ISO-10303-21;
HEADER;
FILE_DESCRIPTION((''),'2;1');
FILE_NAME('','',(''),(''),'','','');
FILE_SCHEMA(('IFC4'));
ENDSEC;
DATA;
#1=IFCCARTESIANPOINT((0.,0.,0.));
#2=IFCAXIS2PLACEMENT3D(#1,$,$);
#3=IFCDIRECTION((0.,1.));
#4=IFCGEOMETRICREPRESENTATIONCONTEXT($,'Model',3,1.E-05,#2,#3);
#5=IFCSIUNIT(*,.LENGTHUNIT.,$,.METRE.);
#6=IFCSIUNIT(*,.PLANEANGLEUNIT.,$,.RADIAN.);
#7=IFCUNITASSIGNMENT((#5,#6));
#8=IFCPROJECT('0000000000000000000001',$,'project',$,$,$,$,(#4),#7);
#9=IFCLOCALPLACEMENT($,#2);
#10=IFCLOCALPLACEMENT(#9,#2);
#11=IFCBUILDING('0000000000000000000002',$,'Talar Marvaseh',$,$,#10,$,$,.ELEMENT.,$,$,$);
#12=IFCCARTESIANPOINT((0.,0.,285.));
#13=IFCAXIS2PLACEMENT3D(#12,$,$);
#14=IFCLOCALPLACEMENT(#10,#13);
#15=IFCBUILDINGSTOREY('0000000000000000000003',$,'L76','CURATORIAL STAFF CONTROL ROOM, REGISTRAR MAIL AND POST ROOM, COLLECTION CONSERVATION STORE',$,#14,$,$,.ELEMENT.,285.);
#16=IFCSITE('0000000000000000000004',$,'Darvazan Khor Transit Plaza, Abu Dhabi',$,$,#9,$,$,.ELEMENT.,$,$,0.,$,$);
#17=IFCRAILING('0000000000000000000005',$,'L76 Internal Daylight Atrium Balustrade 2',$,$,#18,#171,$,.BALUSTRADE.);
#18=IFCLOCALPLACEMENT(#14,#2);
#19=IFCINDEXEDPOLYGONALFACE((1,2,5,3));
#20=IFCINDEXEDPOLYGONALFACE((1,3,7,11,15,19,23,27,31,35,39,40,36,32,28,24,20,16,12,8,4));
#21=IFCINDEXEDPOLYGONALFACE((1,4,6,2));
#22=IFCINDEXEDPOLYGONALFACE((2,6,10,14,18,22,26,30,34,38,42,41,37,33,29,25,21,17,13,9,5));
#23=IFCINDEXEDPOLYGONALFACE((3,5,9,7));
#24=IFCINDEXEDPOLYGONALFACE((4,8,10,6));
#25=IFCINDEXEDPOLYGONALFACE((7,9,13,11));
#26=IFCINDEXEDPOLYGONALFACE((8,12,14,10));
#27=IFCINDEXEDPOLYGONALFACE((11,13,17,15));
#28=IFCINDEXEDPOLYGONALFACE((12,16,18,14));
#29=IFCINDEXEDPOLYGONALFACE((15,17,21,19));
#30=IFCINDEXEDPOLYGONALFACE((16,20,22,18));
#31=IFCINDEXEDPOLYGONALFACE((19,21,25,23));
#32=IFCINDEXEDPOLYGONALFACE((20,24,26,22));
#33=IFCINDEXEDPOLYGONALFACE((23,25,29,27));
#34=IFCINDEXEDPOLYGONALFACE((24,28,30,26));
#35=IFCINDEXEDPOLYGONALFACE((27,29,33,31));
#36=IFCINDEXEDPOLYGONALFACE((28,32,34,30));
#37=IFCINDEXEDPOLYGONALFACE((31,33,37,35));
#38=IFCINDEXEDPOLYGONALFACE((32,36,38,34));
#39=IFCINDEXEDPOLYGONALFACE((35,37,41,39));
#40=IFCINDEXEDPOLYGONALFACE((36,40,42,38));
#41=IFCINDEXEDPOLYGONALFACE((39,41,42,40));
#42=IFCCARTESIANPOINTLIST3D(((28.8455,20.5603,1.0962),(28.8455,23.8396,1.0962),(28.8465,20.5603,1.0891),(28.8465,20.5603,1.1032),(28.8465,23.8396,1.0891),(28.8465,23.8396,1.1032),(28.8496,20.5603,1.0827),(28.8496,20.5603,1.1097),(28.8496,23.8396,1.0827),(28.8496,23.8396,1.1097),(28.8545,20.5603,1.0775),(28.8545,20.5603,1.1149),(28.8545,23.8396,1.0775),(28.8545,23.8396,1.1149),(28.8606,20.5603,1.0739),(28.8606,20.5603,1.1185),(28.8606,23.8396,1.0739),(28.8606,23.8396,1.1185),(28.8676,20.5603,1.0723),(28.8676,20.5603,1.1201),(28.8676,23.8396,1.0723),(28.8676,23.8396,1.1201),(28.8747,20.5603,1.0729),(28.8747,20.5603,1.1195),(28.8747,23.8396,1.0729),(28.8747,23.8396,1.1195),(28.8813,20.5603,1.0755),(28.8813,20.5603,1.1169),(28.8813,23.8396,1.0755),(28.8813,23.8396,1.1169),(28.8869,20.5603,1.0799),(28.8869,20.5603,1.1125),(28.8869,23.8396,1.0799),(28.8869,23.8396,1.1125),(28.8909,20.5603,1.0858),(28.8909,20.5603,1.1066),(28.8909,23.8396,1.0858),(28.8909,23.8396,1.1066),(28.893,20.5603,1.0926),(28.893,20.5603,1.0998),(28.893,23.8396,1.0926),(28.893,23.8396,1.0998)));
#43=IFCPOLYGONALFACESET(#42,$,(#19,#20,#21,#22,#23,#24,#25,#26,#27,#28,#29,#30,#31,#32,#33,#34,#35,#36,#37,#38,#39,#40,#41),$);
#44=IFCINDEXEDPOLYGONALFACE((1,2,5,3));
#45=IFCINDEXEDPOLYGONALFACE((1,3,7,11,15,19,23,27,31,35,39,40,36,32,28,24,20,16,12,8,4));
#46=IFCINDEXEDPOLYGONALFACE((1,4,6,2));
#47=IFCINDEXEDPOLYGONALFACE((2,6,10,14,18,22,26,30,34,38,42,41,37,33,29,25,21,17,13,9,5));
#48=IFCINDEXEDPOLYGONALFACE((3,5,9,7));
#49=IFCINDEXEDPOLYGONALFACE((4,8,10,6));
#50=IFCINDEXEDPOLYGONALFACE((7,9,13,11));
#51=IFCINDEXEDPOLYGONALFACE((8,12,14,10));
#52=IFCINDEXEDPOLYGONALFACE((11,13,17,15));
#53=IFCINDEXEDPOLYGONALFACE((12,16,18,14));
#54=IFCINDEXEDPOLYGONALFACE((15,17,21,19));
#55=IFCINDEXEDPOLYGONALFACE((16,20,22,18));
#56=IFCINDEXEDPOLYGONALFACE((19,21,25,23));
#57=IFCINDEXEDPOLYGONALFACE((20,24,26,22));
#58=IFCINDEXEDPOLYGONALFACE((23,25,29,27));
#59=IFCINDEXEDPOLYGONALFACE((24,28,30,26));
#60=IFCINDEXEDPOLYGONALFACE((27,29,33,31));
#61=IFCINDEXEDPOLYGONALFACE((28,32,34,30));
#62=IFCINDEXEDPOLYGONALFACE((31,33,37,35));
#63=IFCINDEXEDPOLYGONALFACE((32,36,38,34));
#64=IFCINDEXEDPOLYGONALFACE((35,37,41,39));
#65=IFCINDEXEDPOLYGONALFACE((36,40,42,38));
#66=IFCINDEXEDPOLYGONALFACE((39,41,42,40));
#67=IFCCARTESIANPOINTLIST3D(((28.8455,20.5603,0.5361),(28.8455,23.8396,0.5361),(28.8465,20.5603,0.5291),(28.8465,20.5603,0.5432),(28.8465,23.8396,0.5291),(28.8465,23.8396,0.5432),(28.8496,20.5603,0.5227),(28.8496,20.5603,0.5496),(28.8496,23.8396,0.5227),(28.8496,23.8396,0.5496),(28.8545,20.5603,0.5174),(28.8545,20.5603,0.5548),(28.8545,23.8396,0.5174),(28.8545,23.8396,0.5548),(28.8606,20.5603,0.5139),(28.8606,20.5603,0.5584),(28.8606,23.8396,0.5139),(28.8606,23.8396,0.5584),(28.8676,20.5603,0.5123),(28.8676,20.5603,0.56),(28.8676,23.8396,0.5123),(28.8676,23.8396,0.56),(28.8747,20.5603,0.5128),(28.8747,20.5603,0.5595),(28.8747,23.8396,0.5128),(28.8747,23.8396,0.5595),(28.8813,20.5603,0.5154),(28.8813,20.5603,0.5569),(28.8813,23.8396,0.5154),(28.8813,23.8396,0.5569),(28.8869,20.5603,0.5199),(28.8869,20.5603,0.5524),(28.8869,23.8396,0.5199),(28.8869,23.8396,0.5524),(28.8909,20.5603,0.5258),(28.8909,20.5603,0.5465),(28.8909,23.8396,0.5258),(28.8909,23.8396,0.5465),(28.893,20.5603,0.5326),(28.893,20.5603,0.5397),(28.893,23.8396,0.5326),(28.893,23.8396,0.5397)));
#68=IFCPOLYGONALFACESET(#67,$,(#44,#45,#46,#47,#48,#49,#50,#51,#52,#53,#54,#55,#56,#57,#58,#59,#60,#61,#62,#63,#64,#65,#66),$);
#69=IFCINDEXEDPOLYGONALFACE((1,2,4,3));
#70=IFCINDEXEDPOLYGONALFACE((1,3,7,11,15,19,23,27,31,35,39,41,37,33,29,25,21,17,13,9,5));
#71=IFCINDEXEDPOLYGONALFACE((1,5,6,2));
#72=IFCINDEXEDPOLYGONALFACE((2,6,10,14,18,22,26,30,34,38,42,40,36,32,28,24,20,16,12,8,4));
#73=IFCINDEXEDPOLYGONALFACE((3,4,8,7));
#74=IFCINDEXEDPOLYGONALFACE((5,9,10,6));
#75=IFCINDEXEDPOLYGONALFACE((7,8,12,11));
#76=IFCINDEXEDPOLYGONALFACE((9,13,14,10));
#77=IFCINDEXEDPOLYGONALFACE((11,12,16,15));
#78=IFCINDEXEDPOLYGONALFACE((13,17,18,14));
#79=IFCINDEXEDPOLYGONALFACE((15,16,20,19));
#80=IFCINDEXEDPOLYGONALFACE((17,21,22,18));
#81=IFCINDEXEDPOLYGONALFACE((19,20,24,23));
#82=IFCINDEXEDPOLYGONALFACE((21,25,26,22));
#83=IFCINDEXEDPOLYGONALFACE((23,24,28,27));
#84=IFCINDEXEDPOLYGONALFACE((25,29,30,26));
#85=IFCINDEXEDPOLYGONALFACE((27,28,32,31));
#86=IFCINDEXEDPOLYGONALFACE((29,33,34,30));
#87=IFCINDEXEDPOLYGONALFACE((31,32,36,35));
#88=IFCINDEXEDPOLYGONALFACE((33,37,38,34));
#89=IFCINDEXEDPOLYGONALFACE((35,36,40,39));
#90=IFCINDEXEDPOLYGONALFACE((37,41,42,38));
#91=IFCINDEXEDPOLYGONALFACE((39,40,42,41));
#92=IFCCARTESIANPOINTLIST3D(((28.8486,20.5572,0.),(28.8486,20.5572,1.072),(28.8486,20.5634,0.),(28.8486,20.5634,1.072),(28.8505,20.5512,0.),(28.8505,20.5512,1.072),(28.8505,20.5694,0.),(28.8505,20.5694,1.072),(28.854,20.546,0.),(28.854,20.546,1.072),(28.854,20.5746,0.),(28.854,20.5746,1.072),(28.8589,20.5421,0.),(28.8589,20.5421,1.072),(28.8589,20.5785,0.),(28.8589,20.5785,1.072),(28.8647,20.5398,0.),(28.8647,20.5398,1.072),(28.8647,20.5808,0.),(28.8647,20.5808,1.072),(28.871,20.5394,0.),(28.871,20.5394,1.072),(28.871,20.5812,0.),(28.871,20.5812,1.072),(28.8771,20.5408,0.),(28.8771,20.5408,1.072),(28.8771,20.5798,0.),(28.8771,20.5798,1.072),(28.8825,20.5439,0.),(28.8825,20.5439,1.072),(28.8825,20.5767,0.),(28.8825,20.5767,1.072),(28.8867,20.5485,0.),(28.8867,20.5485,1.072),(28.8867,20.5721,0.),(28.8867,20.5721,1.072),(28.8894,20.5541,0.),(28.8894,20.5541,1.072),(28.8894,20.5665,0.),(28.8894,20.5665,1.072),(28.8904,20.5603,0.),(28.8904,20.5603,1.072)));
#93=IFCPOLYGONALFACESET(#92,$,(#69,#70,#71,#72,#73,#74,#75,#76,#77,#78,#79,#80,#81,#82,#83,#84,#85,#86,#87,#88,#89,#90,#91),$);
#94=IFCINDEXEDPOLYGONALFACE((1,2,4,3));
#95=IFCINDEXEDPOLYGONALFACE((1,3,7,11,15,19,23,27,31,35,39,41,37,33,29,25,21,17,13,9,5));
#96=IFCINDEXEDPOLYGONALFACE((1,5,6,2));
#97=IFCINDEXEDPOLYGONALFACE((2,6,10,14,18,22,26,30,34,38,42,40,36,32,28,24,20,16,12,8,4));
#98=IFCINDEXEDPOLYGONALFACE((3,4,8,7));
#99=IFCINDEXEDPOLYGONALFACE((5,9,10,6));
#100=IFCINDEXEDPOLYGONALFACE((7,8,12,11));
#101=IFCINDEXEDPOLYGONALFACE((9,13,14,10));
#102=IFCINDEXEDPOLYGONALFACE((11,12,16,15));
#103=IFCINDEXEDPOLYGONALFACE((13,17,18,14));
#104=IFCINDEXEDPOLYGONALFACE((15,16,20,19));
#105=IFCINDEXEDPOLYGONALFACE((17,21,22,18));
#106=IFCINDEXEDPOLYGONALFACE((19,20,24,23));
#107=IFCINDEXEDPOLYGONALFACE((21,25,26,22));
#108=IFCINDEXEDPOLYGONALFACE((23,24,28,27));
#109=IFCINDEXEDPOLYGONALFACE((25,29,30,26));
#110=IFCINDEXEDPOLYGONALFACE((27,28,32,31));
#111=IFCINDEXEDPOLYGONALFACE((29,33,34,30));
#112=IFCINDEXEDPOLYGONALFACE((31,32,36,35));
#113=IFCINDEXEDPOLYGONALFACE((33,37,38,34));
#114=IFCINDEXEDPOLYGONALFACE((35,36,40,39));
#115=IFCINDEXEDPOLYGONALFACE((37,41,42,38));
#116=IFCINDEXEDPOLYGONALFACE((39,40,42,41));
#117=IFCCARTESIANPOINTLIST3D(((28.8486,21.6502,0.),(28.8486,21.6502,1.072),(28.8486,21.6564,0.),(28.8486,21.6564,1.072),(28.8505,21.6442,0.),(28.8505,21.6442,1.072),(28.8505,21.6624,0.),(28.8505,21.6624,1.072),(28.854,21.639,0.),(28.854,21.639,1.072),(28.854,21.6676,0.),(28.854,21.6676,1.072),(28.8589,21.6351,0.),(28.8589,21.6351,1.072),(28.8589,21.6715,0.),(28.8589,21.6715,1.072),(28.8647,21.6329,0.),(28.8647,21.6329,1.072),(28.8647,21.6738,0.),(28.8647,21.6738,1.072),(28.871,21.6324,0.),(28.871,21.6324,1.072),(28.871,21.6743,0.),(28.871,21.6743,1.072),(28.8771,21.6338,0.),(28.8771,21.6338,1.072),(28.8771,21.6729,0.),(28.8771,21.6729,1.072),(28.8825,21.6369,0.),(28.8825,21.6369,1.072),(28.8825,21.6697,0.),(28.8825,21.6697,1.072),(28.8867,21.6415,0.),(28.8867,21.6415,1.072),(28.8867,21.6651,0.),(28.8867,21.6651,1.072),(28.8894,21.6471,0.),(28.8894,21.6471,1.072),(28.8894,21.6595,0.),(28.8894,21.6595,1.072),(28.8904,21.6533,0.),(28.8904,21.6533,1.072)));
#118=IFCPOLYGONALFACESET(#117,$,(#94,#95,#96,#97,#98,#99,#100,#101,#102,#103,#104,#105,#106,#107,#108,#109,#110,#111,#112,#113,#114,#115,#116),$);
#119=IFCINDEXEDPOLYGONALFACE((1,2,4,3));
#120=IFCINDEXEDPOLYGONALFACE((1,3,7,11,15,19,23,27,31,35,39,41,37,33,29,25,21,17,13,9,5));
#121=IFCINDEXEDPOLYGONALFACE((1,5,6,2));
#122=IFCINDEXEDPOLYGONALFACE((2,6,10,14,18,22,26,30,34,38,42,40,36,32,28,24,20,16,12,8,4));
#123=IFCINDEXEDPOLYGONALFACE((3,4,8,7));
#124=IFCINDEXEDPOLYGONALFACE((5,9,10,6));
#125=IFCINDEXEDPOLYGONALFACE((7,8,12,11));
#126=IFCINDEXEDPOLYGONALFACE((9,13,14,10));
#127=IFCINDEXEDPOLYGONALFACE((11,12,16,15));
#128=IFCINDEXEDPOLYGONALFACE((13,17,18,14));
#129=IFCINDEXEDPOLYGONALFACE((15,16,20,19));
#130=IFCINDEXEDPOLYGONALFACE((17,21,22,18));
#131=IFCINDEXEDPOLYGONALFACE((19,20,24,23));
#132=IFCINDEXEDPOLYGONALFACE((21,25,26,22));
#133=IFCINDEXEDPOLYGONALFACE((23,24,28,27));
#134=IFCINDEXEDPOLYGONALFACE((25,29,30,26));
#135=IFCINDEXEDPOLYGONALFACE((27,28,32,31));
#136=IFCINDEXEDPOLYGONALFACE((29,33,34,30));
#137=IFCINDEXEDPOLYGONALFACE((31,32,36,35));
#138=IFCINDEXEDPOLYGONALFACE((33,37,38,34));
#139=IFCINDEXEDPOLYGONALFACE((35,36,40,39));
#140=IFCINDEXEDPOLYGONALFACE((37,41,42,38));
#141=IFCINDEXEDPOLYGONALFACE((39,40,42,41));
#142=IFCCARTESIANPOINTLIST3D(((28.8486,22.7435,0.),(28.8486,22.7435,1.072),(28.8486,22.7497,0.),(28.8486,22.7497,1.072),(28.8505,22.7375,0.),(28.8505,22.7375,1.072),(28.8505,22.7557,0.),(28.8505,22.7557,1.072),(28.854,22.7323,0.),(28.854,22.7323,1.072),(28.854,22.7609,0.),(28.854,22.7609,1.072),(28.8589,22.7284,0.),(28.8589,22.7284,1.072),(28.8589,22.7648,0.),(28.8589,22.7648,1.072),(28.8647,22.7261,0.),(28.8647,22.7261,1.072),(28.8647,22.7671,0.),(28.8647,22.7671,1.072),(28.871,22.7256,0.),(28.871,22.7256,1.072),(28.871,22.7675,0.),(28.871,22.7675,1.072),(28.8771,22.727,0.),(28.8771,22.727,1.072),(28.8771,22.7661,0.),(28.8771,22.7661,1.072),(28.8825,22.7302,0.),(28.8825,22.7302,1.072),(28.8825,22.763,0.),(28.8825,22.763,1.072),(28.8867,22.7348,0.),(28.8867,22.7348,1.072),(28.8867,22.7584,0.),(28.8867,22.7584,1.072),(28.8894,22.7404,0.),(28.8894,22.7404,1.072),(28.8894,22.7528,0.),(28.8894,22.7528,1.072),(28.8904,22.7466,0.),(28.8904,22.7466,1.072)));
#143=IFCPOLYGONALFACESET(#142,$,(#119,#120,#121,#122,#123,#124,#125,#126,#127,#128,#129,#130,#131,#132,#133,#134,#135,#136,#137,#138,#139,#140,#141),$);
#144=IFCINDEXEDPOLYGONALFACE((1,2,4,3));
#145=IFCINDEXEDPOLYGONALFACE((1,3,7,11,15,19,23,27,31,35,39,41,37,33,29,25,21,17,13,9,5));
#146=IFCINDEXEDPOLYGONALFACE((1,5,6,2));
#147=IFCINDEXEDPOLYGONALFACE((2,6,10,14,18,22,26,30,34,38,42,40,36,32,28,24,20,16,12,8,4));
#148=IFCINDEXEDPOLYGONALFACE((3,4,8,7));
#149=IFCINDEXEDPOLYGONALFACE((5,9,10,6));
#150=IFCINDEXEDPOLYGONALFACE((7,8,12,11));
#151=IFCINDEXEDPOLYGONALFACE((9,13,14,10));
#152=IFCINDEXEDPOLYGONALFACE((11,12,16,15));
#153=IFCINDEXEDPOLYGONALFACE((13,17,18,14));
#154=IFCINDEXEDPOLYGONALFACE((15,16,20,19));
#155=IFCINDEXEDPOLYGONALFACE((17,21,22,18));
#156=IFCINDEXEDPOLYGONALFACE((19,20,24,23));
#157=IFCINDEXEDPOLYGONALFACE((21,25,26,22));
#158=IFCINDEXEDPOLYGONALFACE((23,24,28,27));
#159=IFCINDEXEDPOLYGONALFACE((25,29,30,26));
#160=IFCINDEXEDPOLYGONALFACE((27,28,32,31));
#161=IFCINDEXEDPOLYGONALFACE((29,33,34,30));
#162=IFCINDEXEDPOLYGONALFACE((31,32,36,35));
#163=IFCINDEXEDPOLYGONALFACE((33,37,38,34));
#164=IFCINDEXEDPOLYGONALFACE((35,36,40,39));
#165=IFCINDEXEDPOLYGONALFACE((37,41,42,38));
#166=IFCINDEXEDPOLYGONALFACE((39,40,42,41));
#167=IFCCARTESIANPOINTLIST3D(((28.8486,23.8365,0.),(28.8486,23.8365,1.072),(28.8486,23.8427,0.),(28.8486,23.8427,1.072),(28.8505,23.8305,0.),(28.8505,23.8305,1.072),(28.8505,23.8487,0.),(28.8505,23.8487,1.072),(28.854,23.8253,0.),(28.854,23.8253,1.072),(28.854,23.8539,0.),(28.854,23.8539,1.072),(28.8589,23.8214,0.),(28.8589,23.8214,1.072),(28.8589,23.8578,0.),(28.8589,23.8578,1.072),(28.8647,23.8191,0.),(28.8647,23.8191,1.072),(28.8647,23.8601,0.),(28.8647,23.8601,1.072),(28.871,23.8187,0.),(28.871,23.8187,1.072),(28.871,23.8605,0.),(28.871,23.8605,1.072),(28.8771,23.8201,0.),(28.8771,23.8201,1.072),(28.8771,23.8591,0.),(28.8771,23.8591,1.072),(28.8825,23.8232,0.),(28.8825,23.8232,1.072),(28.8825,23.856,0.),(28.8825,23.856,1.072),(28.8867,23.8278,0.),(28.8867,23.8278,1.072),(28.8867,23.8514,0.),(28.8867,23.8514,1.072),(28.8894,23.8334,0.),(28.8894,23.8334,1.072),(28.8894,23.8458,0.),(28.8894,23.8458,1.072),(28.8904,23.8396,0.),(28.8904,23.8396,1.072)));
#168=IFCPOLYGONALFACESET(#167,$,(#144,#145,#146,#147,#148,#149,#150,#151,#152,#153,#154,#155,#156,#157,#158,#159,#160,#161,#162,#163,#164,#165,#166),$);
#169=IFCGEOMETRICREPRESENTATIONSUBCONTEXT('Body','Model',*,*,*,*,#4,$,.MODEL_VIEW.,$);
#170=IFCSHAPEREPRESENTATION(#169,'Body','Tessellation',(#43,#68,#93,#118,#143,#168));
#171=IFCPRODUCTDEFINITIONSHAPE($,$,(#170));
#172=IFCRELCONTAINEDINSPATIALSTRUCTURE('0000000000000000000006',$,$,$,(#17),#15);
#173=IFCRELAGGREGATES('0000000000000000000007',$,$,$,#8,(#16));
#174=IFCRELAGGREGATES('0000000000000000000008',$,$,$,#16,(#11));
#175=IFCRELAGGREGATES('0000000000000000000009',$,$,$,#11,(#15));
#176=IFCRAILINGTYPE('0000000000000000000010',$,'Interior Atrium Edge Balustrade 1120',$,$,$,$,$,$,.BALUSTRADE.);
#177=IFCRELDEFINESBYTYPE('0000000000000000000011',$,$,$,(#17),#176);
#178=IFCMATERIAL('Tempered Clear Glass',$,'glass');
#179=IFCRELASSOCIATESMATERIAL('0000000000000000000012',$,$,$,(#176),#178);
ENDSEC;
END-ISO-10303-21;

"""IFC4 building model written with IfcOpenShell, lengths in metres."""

from ifc_helpers import new_model, si_unit, direction, frame, origin, origin_2d, place, context, subcontext, project, spatial, circle, extrude, material, type_object, element, save


model = new_model("IFC4")

# Units and contexts
model_context = context("Model", 3, precision=1e-05, world=origin(), true_north=direction((0.0, 1.0)))
body_context = subcontext(model_context, "Body", "Model", "MODEL_VIEW")
ifc_project = project(units=[si_unit("LENGTHUNIT", "METRE"), si_unit("PLANEANGLEUNIT", "RADIAN")], contexts=[model_context])

# Site, building, storey
site_placement = place(None, origin())
site = spatial("IfcSite", under=ifc_project, at=site_placement, Name="Darvazan Khor Transit Plaza, Abu Dhabi", CompositionType="ELEMENT", RefElevation=0.0)
building_placement = place(site_placement, origin())
building = spatial("IfcBuilding", under=site, at=building_placement, Name="Talar Marvaseh", CompositionType="ELEMENT")
storey_placement = place(building_placement, frame((0.0, 0.0, 285.0)))
storey = spatial("IfcBuildingStorey", under=building, at=storey_placement, Name="L76", Description="CURATORIAL STAFF CONTROL ROOM, REGISTRAR MAIL AND POST ROOM, COLLECTION CONSERVATION STORE", CompositionType="ELEMENT", Elevation=285.0)

# Railing
ifc_material_1 = material(Name="Tempered Clear Glass", Category="glass")
railing_type_1 = type_object("IfcRailingType", Name="Interior Atrium Edge Balustrade 1120", PredefinedType="BALUSTRADE", material=ifc_material_1)
railing_1_placement = place(storey_placement, frame((28.8694, 20.5603, 0.0)))
element("IfcRailing", 1, at=railing_1_placement, inside=storey, type_object=railing_type_1, Name="L76 Internal Daylight Atrium Balustrade 2", PredefinedType="BALUSTRADE", context=body_context, shape_type="SweptSolid", body=[
    extrude(circle(Radius=0.0239, at=origin_2d()), frame((0.0, 0.0, 1.0962), z_axis=(0.0, 1.0, 0.0), x_axis=(-1.0, 0.0, 0.0)), (0.0, 0.0, 1.0), 3.2793),
    extrude(circle(Radius=0.0239, at=origin_2d()), frame((0.0, 0.0, 0.5361), z_axis=(0.0, 1.0, 0.0), x_axis=(-1.0, 0.0, 0.0)), (0.0, 0.0, 1.0), 3.2793),
    extrude(circle(Radius=0.021, at=origin_2d()), origin(), (0.0, 0.0, 1.0), 1.072),
    extrude(circle(Radius=0.021, at=origin_2d()), frame((0.0, 1.093, 0.0)), (0.0, 0.0, 1.0), 1.072),
    extrude(circle(Radius=0.021, at=origin_2d()), frame((0.0, 2.1863, 0.0)), (0.0, 0.0, 1.0), 1.072),
    extrude(circle(Radius=0.021, at=origin_2d()), frame((0.0, 3.2793, 0.0)), (0.0, 0.0, 1.0), 1.072),
])

save(model, "model.ifc")
